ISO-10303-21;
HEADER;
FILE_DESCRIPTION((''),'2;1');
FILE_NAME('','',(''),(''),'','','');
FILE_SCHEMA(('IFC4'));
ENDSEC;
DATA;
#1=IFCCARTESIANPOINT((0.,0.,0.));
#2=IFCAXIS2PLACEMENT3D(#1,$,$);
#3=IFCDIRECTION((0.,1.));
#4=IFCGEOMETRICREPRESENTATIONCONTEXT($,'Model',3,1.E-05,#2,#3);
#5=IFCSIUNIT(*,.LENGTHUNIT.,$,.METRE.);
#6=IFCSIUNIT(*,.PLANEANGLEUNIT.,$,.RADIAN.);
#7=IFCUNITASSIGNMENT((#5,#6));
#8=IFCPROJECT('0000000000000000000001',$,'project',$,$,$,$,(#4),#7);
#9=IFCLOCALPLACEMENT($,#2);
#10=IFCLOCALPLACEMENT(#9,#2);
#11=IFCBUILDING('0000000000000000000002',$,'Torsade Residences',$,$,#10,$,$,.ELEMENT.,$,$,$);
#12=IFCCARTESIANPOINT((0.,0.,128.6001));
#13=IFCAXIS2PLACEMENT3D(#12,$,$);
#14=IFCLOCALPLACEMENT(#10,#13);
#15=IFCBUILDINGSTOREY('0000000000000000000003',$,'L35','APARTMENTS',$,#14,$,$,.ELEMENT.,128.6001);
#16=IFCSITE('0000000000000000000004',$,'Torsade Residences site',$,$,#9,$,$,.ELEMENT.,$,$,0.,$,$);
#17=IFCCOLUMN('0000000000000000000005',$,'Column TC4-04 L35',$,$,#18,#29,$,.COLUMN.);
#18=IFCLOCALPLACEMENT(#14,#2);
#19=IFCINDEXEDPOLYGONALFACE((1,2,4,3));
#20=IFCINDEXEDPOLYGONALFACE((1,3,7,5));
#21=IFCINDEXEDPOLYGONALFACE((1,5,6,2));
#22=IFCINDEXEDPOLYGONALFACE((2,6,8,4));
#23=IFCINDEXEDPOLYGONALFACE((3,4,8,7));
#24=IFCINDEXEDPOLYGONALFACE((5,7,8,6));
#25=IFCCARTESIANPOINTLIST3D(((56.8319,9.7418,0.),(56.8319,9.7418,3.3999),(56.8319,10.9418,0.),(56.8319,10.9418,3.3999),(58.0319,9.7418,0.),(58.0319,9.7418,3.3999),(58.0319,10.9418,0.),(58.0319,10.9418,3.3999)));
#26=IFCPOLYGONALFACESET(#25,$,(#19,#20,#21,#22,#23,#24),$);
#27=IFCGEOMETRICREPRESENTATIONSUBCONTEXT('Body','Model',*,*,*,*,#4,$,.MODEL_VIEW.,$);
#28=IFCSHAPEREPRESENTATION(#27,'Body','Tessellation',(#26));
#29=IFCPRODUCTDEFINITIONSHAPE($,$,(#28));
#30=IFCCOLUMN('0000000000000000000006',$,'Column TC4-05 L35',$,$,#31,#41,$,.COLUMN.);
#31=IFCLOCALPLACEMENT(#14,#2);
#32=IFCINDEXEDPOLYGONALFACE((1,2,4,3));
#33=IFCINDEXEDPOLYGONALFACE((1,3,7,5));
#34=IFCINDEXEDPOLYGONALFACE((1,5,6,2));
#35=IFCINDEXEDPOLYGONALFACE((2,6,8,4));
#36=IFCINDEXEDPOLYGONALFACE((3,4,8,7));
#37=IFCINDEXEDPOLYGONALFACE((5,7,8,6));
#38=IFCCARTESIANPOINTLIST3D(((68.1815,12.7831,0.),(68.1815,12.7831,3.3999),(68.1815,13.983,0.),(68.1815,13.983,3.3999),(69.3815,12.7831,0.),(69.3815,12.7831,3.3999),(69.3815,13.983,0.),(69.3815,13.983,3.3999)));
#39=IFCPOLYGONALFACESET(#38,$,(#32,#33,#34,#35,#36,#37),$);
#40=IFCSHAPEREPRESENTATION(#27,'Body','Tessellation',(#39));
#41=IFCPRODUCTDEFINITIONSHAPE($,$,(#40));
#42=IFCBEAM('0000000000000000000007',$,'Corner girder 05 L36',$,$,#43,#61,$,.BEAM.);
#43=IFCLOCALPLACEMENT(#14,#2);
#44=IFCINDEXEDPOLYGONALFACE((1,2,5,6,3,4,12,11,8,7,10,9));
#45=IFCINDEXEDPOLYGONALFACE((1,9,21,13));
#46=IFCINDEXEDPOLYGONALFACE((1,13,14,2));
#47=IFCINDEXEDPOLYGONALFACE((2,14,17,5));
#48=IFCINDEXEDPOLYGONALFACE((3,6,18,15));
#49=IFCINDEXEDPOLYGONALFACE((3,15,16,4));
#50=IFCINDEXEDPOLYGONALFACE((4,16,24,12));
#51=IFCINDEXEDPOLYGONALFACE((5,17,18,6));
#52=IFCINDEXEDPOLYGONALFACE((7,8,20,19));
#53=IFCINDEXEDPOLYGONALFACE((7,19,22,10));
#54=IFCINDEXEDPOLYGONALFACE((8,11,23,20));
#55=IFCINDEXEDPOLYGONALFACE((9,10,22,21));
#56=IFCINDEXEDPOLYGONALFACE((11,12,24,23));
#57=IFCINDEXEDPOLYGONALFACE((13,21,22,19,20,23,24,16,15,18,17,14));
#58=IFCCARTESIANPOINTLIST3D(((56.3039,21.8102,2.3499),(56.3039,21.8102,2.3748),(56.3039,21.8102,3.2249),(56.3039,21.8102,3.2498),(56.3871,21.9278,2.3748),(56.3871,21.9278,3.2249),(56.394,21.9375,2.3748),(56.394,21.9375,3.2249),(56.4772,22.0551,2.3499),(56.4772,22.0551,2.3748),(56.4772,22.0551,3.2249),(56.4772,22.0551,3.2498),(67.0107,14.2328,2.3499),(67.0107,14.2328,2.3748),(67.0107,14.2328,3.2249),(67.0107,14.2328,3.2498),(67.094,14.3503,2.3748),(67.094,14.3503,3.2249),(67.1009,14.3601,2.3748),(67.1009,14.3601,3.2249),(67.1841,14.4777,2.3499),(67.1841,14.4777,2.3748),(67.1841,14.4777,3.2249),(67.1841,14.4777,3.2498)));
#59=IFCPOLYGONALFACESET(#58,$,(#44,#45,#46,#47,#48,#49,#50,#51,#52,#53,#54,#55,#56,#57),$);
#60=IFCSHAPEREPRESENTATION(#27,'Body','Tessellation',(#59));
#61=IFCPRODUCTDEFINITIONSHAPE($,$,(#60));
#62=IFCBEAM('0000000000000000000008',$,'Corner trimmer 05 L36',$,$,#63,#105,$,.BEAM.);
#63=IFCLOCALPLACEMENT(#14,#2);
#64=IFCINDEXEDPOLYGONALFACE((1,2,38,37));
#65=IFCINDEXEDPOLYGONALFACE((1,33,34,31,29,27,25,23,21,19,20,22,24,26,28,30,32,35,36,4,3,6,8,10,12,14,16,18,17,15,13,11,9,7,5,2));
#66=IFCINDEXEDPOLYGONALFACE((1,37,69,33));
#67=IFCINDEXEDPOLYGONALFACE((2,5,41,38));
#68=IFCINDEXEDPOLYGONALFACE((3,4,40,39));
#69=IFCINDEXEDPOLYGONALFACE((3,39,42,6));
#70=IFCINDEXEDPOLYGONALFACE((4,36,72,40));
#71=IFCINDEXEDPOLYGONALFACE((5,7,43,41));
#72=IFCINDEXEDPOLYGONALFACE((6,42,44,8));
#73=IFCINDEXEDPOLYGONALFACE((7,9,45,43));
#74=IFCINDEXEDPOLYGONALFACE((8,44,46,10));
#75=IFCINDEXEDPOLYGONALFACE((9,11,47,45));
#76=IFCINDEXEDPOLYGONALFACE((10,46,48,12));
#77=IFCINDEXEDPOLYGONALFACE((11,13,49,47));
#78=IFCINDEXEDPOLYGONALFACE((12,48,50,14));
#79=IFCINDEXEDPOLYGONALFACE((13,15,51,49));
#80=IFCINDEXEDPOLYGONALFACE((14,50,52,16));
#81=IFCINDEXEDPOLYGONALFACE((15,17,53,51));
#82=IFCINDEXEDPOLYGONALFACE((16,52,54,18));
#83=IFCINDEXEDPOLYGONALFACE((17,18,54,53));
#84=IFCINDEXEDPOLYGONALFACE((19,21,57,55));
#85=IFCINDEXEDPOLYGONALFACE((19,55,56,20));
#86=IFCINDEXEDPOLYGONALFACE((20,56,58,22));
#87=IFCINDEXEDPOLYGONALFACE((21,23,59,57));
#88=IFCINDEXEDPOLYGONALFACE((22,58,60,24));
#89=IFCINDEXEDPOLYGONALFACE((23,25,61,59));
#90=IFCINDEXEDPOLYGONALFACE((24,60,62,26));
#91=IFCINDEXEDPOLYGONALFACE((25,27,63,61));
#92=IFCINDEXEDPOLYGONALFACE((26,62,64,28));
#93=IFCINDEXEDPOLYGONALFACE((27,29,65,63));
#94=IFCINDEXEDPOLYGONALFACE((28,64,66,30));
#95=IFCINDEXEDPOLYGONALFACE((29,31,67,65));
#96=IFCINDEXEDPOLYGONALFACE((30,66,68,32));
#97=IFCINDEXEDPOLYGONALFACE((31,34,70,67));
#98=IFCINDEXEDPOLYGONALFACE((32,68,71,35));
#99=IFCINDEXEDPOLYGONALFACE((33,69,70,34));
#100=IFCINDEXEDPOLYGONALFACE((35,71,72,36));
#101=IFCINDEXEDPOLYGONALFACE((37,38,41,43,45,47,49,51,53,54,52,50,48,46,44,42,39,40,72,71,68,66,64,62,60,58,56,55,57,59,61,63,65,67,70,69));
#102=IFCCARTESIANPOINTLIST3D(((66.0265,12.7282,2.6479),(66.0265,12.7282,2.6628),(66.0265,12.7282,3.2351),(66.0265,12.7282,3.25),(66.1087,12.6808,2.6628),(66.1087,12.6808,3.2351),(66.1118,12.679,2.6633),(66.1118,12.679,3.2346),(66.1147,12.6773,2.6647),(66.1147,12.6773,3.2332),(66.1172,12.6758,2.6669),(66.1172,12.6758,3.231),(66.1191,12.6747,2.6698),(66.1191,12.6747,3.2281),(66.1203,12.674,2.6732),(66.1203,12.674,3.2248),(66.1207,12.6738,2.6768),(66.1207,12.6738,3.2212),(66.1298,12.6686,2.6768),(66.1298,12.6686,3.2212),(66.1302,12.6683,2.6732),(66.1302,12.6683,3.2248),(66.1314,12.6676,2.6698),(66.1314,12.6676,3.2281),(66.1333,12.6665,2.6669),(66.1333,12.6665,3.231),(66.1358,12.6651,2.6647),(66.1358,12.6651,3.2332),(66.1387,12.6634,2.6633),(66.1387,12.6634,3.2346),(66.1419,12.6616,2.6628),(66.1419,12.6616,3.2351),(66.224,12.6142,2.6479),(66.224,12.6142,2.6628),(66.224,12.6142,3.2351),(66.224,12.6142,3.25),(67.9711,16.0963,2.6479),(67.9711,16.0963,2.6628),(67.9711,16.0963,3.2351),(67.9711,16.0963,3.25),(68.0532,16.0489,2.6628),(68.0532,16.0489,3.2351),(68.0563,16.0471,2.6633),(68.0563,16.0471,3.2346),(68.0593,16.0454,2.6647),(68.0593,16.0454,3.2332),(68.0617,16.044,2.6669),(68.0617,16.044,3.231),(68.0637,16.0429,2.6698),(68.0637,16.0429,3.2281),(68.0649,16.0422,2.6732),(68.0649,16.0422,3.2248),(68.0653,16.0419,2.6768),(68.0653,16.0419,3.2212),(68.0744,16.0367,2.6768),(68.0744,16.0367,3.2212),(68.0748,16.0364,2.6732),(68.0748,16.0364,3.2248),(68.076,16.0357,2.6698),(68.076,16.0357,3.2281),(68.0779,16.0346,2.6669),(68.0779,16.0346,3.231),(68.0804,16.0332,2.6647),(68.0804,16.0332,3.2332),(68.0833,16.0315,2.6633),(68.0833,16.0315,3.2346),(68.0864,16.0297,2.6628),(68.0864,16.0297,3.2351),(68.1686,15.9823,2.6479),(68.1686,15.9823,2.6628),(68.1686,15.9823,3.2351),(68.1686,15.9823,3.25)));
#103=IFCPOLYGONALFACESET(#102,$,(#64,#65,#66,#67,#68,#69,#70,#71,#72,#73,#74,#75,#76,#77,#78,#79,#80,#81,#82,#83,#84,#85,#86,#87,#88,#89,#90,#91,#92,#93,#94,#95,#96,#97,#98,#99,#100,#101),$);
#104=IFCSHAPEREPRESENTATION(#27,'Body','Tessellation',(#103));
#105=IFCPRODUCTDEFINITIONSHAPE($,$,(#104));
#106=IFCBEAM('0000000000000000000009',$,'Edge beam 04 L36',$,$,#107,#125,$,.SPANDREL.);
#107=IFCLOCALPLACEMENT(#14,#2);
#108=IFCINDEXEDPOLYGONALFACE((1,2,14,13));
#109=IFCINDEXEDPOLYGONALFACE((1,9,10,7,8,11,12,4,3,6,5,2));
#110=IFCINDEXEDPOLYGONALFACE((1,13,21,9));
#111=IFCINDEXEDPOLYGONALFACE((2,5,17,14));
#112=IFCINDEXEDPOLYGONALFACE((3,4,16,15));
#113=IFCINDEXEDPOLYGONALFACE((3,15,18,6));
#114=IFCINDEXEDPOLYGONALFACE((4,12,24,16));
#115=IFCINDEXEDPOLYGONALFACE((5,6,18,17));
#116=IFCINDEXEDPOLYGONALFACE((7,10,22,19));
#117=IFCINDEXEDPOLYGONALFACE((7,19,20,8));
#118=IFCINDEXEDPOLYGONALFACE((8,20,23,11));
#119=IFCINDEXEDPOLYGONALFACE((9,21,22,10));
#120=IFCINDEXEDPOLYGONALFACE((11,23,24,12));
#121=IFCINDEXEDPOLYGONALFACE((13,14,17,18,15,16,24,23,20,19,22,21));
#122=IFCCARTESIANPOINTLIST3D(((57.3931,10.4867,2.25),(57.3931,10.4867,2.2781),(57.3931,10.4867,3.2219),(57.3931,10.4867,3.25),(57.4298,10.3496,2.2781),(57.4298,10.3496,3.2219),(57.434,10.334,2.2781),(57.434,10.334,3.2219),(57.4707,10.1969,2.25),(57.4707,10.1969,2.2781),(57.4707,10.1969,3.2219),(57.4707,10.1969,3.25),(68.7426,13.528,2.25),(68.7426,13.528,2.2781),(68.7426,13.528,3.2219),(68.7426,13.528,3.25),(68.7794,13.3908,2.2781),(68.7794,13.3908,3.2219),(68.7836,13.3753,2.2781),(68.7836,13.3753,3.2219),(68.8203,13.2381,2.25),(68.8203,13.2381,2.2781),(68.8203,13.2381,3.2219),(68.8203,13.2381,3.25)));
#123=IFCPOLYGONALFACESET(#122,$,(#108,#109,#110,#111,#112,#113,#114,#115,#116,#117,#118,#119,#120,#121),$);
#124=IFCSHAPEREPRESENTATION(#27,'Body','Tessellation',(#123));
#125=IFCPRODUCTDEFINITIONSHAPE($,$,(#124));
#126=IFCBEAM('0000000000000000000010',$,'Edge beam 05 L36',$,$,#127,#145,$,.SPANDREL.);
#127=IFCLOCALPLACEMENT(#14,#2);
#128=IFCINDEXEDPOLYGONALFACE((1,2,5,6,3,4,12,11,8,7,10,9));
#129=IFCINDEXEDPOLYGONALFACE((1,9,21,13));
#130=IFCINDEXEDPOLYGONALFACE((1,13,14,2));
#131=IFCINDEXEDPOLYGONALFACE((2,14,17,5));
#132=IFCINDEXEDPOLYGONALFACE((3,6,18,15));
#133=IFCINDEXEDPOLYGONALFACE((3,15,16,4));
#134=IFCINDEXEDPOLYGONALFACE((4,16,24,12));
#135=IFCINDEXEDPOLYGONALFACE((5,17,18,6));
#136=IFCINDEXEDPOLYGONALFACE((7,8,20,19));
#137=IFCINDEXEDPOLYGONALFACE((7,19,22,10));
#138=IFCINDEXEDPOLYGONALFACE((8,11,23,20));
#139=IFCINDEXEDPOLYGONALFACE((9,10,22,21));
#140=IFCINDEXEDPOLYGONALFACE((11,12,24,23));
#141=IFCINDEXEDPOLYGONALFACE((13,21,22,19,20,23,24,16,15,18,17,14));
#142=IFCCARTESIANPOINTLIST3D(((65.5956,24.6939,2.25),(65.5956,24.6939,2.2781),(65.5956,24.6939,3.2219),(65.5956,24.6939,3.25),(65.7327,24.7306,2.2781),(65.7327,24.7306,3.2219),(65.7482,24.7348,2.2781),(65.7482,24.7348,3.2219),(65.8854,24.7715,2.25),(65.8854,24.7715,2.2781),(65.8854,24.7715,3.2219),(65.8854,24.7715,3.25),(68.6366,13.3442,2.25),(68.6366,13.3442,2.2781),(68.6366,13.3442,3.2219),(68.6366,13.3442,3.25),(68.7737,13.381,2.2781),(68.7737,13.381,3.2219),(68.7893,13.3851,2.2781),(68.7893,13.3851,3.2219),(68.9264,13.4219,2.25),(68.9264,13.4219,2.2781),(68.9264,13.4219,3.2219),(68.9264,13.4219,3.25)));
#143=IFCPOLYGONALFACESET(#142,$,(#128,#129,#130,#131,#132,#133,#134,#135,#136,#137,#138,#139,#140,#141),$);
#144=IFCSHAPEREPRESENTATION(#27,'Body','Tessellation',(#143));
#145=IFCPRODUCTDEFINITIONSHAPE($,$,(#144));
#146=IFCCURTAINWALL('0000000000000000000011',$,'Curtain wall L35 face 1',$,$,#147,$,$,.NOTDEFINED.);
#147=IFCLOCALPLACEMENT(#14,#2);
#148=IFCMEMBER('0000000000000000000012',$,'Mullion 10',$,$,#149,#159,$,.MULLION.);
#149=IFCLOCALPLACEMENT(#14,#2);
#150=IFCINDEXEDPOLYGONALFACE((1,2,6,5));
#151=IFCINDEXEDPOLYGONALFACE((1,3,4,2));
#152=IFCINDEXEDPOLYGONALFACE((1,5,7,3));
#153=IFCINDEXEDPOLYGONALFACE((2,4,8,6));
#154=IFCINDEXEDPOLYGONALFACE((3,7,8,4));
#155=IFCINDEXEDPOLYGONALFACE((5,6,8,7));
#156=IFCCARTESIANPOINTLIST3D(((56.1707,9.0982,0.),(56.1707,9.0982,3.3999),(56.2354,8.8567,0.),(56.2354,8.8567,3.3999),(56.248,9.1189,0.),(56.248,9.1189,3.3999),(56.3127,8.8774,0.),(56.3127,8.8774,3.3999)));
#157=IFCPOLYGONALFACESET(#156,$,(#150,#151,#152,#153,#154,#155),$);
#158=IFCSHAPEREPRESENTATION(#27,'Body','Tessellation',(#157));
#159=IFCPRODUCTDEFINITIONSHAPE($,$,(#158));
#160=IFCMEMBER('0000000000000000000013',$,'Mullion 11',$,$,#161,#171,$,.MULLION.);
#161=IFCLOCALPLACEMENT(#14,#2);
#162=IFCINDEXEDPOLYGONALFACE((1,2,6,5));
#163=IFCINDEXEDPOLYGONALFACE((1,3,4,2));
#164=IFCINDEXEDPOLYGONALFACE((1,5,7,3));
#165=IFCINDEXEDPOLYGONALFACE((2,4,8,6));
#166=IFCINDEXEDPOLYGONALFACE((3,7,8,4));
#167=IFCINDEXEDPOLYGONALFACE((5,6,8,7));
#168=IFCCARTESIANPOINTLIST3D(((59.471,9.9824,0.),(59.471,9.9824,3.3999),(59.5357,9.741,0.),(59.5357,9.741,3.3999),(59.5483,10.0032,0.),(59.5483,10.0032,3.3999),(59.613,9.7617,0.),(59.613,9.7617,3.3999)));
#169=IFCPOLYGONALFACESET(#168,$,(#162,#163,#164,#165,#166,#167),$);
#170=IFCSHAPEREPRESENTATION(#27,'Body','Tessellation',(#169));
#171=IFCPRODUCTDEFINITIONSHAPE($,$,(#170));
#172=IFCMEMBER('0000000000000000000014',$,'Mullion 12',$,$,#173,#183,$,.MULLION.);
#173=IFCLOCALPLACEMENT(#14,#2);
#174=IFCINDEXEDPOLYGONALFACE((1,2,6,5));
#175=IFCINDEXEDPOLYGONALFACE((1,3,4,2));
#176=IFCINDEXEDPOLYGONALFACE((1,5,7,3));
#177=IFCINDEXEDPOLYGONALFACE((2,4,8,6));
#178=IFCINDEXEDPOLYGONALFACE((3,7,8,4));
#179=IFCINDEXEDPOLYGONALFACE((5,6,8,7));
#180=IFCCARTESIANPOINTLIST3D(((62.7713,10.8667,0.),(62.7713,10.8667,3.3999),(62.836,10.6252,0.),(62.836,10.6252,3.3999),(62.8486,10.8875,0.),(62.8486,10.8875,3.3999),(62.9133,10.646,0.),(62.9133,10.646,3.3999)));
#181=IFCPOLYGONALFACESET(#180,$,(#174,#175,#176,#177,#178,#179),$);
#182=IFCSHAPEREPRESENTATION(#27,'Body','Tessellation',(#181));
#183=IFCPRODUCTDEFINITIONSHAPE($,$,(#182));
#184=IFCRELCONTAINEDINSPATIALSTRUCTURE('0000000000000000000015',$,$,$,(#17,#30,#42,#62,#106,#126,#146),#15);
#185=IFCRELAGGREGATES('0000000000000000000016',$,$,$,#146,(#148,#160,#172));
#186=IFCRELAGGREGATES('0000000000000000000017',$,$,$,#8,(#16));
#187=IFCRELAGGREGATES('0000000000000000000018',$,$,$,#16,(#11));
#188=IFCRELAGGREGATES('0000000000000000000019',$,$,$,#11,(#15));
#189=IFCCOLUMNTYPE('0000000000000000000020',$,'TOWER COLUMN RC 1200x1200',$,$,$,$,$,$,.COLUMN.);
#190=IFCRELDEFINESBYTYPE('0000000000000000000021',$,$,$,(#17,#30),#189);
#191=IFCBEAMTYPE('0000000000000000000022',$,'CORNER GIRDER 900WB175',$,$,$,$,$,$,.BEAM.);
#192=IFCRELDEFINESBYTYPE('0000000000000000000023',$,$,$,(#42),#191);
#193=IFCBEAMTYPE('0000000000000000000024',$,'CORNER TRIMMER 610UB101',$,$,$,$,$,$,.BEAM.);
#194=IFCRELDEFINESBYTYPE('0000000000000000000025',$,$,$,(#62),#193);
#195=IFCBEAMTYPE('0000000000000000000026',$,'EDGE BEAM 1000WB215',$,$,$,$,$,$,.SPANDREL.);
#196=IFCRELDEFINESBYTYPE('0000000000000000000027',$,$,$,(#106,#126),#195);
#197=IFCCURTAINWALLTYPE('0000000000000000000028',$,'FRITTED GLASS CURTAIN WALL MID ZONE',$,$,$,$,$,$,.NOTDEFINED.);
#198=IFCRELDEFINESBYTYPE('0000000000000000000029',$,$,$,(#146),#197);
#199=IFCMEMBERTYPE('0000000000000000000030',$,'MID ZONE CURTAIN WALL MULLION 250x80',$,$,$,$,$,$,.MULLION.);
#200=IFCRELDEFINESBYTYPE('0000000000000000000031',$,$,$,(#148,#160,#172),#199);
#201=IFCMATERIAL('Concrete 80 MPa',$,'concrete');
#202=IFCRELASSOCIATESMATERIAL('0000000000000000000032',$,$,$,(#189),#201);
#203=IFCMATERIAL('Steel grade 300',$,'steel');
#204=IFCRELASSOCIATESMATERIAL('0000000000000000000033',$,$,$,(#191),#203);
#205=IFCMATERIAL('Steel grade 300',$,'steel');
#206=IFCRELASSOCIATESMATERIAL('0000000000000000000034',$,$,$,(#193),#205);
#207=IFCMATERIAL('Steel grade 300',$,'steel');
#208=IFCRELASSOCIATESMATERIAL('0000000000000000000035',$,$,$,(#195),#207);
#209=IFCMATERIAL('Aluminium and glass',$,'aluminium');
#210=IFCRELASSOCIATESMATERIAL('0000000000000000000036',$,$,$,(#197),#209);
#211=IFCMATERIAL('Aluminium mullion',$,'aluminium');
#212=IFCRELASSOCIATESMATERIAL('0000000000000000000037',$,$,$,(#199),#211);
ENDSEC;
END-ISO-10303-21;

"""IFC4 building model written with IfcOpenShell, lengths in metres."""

from ifc_helpers import new_model, si_unit, direction, frame, origin, origin_2d, place, context, subcontext, project, spatial, rectangle, i_section, extrude, material, material_profile, profile_set, type_object, element, aggregate, save


model = new_model("IFC4")

# Units and contexts
model_context = context("Model", 3, precision=1e-05, world=origin(), true_north=direction((0.0, 1.0)))
body_context = subcontext(model_context, "Body", "Model", "MODEL_VIEW")
ifc_project = project(units=[si_unit("LENGTHUNIT", "METRE"), si_unit("PLANEANGLEUNIT", "RADIAN")], contexts=[model_context])

# Site, building, storey
site_placement = place(None, origin())
site = spatial("IfcSite", under=ifc_project, at=site_placement, Name="Torsade Residences site", CompositionType="ELEMENT", RefElevation=0.0)
building_placement = place(site_placement, origin())
building = spatial("IfcBuilding", under=site, at=building_placement, Name="Torsade Residences", CompositionType="ELEMENT")
storey_placement = place(building_placement, frame((0.0, 0.0, 128.6001)))
storey = spatial("IfcBuildingStorey", under=building, at=storey_placement, Name="L35", Description="APARTMENTS", CompositionType="ELEMENT", Elevation=128.6001)

# Columns
ifc_material_1 = material(Name="Concrete 80 MPa", Category="concrete")
ifc_material_profile_1 = material_profile(ifc_material_1, rectangle(XDim=1.2, YDim=1.2, at=origin_2d()), Name="RC 1200x1200")
ifc_profile_set_1 = profile_set([ifc_material_profile_1], Name="Concrete 80 MPa")
column_type = type_object("IfcColumnType", Name="TOWER COLUMN RC 1200x1200", PredefinedType="COLUMN", material=ifc_profile_set_1)
for number, where, z_axis, x_axis, name in (
    (1, (57.4319, 10.3418, 0.0), (0.0, 0.0, 1.0), (1.0, 0.0, 0.0), "Column TC4-04 L35"),
    (2, (68.7815, 13.3831, 0.0), (0.0, 0.0, 1.0), (1.0, 0.0, 0.0), "Column TC4-05 L35"),
):
    element("IfcColumn", number, at=place(storey_placement, frame(where, z_axis=z_axis, x_axis=x_axis)), inside=storey, type_object=column_type, Name=name, PredefinedType="COLUMN", context=body_context, shape_type="SweptSolid", body=[
        extrude(rectangle(XDim=1.2, YDim=1.2, at=origin_2d()), origin(), (0.0, 0.0, 1.0), 3.3999),
    ])

# Beams
ifc_material_2 = material(Name="Steel grade 300", Category="steel")
ifc_material_profile_2 = material_profile(ifc_material_2, i_section(OverallWidth=0.3, OverallDepth=0.8999, WebThickness=0.012, FlangeThickness=0.0249, at=origin_2d()), Name="900WB175")
ifc_profile_set_2 = profile_set([ifc_material_profile_2], Name="Steel grade 300")
beam_type_1 = type_object("IfcBeamType", Name="CORNER GIRDER 900WB175", PredefinedType="BEAM", material=ifc_profile_set_2)
beam_1_placement = place(storey_placement, frame((67.0974, 14.3552, 2.7998), z_axis=(-0.816261, 0.577683, 0.0), x_axis=(-0.577683, -0.816261, 0.0)))
element("IfcBeam", 3, at=beam_1_placement, inside=storey, type_object=beam_type_1, Name="Corner girder 05 L36", PredefinedType="BEAM", context=body_context, shape_type="SweptSolid", body=[
    extrude(i_section(OverallWidth=0.3, OverallDepth=0.8999, WebThickness=0.012, FlangeThickness=0.0249, at=origin_2d()), origin(), (0.0, 0.0, 1.0), 13.1169),
])
ifc_material_3 = material(Name="Steel grade 300", Category="steel")
ifc_material_profile_3 = material_profile(ifc_material_3, i_section(OverallWidth=0.228, OverallDepth=0.6021, WebThickness=0.0105, FlangeThickness=0.0149, FilletRadius=0.0139, at=origin_2d()), Name="610UB101")
ifc_profile_set_3 = profile_set([ifc_material_profile_3], Name="Steel grade 300")
beam_type_2 = type_object("IfcBeamType", Name="CORNER TRIMMER 610UB101", PredefinedType="BEAM", material=ifc_profile_set_3)
beam_2_placement = place(storey_placement, frame((68.0698, 16.0393, 2.949), z_axis=(-0.499994, -0.866029, 0.0), x_axis=(0.866029, -0.499994, 0.0)))
element("IfcBeam", 4, at=beam_2_placement, inside=storey, type_object=beam_type_2, Name="Corner trimmer 05 L36", PredefinedType="BEAM", context=body_context, shape_type="SweptSolid", body=[
    extrude(i_section(OverallWidth=0.228, OverallDepth=0.6021, WebThickness=0.0105, FlangeThickness=0.0149, FilletRadius=0.0139, at=origin_2d()), origin(), (0.0, 0.0, 1.0), 3.8892),
])
ifc_material_4 = material(Name="Steel grade 300", Category="steel")
ifc_material_profile_4 = material_profile(ifc_material_4, i_section(OverallWidth=0.3, OverallDepth=1.0, WebThickness=0.0161, FlangeThickness=0.0281, at=origin_2d()), Name="1000WB215")
ifc_profile_set_4 = profile_set([ifc_material_profile_4], Name="Steel grade 300")
beam_type_3 = type_object("IfcBeamType", Name="EDGE BEAM 1000WB215", PredefinedType="SPANDREL", material=ifc_profile_set_4)
for number, where, z_axis, x_axis, name in (
    (5, (57.4319, 10.3418, 2.75), (0.965923, 0.25883, 0.0), (-0.25883, 0.965923, 0.0), "Edge beam 04 L36"),
    (6, (68.7815, 13.3831, 2.75), (-0.258811, 0.965928, 0.0), (-0.965928, -0.258811, 0.0), "Edge beam 05 L36"),
):
    element("IfcBeam", number, at=place(storey_placement, frame(where, z_axis=z_axis, x_axis=x_axis)), inside=storey, type_object=beam_type_3, Name=name, PredefinedType="SPANDREL", context=body_context, shape_type="SweptSolid", body=[
        extrude(i_section(OverallWidth=0.3, OverallDepth=1.0, WebThickness=0.0161, FlangeThickness=0.0281, at=origin_2d()), origin(), (0.0, 0.0, 1.0), 11.75),
    ])

# Curtain wall, members
ifc_material_5 = material(Name="Aluminium and glass", Category="aluminium")
curtain_wall_type = type_object("IfcCurtainWallType", Name="FRITTED GLASS CURTAIN WALL MID ZONE", PredefinedType="NOTDEFINED", material=ifc_material_5)
curtain_wall_placement = place(storey_placement, origin())
curtain_wall = element("IfcCurtainWall", 7, at=curtain_wall_placement, inside=storey, type_object=curtain_wall_type, Name="Curtain wall L35 face 1", PredefinedType="NOTDEFINED")
ifc_material_6 = material(Name="Aluminium mullion", Category="aluminium")
ifc_material_profile_5 = material_profile(ifc_material_6, rectangle(XDim=0.25, YDim=0.0801, at=origin_2d()), Name="MID ZONE CURTAIN WALL MULLION 250x80")
ifc_profile_set_5 = profile_set([ifc_material_profile_5], Name="Aluminium mullion")
member_type_1 = type_object("IfcMemberType", Name="MID ZONE CURTAIN WALL MULLION 250x80", PredefinedType="MULLION", material=ifc_profile_set_5)
member_1_placement = place(storey_placement, frame((56.2417, 8.9878, 0.0), z_axis=(0.0, 0.0, 1.0), x_axis=(-0.258819, 0.965926, 0.0)))
member_1 = element("IfcMember", 8, at=member_1_placement, type_object=member_type_1, Name="Mullion 10", PredefinedType="MULLION", context=body_context, shape_type="SweptSolid", body=[
    extrude(rectangle(XDim=0.25, YDim=0.0801, at=origin_2d()), origin(), (0.0, 0.0, 1.0), 3.3999),
])
member_2_placement = place(storey_placement, frame((59.542, 9.8721, 0.0), z_axis=(0.0, 0.0, 1.0), x_axis=(-0.258819, 0.965926, 0.0)))
member_2 = element("IfcMember", 9, at=member_2_placement, type_object=member_type_1, Name="Mullion 11", PredefinedType="MULLION", context=body_context, shape_type="SweptSolid", body=[
    extrude(rectangle(XDim=0.25, YDim=0.0801, at=origin_2d()), origin(), (0.0, 0.0, 1.0), 3.3999),
])
member_3_placement = place(storey_placement, frame((62.8423, 10.7563, 0.0), z_axis=(0.0, 0.0, 1.0), x_axis=(-0.258819, 0.965926, 0.0)))
member_3 = element("IfcMember", 10, at=member_3_placement, type_object=member_type_1, Name="Mullion 12", PredefinedType="MULLION", context=body_context, shape_type="SweptSolid", body=[
    extrude(rectangle(XDim=0.25, YDim=0.0801, at=origin_2d()), origin(), (0.0, 0.0, 1.0), 3.3999),
])

aggregate(curtain_wall, [member_1, member_2, member_3])

save(model, "model.ifc")
